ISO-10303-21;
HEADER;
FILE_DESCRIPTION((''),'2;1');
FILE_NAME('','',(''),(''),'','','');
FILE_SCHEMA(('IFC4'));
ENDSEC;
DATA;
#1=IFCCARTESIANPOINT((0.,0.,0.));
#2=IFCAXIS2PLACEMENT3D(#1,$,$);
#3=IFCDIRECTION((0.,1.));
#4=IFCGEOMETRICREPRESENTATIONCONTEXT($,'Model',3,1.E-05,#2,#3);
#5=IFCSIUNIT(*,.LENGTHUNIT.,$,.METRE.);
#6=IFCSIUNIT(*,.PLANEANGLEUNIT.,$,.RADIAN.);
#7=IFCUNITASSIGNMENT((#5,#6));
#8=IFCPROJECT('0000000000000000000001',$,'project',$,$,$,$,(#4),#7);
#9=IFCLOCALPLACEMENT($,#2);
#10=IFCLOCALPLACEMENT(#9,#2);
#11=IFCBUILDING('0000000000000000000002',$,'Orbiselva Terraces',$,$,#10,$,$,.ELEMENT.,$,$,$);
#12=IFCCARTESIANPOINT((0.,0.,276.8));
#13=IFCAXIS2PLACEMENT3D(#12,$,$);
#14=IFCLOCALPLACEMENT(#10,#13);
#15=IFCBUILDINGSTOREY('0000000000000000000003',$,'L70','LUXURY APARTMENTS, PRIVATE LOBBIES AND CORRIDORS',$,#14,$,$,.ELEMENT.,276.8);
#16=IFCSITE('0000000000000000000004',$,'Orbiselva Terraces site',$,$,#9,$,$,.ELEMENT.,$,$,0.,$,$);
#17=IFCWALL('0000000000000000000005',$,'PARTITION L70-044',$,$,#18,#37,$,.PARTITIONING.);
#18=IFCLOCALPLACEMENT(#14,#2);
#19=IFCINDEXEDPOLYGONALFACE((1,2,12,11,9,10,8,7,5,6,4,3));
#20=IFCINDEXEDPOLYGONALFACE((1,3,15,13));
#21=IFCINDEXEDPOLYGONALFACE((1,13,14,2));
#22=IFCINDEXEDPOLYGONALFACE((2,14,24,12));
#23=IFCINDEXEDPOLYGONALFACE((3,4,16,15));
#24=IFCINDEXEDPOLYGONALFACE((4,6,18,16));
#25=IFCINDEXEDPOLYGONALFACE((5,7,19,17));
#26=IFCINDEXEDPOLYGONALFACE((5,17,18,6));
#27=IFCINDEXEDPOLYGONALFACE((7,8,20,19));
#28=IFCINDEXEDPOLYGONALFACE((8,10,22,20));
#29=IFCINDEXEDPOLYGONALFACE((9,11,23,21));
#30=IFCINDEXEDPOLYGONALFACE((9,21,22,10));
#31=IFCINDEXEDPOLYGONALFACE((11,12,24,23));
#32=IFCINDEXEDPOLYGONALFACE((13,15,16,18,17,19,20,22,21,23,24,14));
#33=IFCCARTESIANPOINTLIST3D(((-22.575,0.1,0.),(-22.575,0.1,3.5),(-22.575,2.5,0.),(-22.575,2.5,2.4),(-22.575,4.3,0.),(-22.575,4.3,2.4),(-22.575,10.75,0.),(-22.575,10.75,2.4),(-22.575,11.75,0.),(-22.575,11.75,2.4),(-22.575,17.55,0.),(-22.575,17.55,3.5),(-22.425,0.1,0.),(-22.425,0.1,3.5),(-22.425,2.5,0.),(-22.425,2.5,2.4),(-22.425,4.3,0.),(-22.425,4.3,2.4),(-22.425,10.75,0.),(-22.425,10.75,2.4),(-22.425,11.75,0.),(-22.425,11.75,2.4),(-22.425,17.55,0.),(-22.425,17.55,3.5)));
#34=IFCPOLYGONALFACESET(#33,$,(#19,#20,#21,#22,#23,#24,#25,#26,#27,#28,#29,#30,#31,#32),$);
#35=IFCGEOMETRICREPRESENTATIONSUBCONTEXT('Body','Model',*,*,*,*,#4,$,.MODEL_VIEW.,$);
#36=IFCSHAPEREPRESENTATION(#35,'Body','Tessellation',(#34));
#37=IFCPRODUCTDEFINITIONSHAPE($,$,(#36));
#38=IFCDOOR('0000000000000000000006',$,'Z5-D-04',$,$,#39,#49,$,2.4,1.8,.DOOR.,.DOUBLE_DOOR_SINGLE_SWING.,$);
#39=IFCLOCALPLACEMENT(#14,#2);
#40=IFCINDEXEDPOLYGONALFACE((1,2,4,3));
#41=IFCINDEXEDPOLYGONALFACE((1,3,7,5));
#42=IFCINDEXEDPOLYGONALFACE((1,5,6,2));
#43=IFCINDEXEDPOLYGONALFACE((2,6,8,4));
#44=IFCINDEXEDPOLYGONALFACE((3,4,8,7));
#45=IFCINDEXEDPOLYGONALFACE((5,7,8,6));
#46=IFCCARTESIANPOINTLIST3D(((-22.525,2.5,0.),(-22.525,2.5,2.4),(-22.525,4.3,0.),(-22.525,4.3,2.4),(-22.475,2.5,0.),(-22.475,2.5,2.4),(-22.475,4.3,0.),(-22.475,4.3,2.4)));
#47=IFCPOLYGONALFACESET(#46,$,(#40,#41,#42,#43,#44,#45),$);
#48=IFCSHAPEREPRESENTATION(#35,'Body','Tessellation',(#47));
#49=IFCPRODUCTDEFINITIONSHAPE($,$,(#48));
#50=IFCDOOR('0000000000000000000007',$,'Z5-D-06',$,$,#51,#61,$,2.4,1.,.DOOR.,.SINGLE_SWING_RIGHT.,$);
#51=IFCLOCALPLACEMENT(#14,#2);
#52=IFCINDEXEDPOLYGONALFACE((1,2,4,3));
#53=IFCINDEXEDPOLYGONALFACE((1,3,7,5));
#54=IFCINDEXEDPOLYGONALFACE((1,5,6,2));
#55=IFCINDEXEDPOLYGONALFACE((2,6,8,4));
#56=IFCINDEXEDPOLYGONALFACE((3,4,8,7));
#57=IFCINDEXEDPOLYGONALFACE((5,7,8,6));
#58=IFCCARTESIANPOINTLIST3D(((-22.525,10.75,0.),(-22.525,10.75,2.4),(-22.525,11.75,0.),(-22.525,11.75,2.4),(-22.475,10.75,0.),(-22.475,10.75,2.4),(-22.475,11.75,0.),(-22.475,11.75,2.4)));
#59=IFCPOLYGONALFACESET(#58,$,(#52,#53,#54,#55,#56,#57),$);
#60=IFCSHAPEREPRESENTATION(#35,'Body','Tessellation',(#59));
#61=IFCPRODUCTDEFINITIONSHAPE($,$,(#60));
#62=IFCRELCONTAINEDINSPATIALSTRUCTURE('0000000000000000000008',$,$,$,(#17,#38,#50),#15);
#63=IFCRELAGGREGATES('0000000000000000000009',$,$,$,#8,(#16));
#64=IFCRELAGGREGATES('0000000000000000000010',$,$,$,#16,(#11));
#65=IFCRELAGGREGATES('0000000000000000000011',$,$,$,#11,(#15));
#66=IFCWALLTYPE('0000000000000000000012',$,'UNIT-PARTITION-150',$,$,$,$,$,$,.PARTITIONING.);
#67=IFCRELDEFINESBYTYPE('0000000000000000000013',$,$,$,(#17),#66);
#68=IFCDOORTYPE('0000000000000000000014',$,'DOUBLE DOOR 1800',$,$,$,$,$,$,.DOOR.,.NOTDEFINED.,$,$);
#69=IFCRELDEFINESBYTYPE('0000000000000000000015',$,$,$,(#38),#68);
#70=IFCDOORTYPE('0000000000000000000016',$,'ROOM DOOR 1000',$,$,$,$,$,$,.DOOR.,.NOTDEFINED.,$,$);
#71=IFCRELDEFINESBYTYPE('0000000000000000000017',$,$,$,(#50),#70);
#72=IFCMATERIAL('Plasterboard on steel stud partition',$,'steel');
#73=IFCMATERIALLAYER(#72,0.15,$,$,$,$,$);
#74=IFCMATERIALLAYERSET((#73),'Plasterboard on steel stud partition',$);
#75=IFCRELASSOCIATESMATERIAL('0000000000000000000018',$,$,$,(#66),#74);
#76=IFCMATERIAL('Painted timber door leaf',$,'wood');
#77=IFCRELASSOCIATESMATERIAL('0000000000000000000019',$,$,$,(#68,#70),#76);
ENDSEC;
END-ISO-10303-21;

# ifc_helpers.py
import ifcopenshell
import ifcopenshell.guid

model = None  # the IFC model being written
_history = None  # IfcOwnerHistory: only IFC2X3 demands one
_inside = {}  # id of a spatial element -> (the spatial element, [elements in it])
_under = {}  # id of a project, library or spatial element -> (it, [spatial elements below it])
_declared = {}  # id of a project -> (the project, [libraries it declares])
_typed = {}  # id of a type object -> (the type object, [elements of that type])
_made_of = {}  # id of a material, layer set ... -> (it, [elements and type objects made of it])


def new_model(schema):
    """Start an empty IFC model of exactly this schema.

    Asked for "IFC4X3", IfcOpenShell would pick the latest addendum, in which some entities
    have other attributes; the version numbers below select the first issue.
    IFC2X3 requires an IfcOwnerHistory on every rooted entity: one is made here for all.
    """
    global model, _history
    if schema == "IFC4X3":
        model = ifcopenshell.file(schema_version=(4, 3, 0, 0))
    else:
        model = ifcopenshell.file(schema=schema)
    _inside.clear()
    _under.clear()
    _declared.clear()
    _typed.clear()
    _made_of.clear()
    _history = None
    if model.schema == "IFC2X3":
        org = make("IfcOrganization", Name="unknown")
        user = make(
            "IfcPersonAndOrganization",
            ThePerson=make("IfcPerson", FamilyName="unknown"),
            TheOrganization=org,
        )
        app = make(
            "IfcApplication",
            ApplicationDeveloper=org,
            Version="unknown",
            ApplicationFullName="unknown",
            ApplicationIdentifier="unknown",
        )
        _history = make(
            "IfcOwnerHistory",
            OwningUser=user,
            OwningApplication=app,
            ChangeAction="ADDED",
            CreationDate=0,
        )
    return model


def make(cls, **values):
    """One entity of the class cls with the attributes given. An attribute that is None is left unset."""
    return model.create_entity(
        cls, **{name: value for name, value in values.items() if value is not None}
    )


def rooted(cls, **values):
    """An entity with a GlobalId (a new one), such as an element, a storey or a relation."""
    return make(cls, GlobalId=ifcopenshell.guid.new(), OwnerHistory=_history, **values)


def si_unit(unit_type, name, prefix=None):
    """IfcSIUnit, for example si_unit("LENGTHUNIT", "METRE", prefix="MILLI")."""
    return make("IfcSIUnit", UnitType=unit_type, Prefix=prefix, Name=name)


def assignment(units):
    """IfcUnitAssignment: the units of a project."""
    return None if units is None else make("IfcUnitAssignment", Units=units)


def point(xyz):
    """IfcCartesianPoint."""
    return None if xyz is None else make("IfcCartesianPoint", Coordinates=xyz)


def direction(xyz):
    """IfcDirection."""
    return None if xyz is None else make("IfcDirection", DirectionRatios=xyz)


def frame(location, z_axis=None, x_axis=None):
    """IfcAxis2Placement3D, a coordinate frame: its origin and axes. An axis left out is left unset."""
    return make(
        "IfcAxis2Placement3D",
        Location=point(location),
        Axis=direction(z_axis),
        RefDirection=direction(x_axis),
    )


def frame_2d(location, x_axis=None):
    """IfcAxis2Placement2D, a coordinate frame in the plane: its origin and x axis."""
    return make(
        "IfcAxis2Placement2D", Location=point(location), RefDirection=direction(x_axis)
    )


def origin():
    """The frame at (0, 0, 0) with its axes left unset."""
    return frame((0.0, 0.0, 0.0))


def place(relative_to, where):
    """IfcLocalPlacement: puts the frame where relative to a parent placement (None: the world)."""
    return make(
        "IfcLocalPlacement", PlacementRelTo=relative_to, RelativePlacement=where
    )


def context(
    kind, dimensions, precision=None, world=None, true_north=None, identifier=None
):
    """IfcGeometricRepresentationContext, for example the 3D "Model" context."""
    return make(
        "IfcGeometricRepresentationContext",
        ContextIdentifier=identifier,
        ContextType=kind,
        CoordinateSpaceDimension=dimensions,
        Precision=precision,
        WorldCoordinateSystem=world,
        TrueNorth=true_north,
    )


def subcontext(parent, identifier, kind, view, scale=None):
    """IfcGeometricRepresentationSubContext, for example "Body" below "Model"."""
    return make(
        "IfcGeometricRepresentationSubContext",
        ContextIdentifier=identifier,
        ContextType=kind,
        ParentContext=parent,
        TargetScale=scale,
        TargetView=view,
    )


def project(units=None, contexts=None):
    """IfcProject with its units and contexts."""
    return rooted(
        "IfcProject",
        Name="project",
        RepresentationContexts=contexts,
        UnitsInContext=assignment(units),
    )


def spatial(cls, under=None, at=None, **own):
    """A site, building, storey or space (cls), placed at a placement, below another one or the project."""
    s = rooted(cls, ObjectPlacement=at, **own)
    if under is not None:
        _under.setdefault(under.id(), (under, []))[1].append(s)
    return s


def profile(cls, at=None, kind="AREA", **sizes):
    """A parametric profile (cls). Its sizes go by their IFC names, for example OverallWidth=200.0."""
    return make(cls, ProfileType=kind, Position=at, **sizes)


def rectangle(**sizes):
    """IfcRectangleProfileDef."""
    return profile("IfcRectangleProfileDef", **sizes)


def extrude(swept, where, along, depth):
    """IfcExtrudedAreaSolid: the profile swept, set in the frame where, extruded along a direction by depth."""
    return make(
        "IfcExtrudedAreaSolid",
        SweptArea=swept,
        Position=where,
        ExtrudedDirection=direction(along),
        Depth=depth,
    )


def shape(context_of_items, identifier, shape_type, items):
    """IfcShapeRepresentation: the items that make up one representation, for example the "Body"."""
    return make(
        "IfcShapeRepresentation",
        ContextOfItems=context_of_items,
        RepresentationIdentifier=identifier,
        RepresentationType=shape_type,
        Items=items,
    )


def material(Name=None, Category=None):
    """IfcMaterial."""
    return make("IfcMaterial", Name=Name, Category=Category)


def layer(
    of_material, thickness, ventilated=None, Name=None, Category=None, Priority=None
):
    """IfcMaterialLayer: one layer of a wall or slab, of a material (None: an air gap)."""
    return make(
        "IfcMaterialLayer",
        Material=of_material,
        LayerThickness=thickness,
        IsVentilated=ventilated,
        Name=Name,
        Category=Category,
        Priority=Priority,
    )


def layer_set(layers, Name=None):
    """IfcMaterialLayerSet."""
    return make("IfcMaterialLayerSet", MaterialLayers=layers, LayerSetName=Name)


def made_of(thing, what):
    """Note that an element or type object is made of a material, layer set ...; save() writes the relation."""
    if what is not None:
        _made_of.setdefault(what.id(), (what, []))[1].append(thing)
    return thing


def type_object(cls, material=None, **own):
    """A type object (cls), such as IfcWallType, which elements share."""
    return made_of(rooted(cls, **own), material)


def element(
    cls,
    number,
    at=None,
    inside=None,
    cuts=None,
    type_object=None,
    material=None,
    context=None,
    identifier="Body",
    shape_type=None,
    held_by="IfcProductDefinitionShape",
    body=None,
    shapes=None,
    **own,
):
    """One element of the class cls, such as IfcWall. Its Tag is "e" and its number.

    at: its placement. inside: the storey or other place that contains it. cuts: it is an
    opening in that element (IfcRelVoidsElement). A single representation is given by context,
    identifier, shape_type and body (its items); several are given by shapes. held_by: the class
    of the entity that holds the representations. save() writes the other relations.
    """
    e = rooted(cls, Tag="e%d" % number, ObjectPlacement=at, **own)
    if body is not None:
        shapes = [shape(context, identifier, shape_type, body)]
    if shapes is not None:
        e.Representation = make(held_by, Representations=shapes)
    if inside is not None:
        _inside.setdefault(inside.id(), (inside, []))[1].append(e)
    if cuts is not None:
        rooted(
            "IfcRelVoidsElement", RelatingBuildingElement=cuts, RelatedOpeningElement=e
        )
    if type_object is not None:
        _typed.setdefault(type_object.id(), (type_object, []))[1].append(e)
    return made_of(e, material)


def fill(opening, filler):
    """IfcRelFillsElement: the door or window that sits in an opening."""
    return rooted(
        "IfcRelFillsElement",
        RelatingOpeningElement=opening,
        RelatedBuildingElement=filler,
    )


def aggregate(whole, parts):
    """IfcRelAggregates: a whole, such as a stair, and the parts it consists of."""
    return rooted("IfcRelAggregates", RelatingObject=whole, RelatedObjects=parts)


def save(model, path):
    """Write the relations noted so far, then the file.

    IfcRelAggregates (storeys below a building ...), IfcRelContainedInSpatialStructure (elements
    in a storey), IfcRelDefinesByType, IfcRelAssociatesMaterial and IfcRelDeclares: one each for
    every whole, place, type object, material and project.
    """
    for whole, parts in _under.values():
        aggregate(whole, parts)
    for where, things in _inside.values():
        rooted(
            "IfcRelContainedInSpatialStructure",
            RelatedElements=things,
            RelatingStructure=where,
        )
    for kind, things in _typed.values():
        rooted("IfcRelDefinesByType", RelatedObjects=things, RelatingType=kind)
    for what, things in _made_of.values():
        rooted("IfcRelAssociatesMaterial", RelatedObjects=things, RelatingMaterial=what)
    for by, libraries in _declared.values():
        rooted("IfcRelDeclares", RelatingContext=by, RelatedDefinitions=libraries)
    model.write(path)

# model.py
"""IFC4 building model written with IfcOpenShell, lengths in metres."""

from ifc_helpers import new_model, si_unit, direction, frame, frame_2d, origin, place, context, subcontext, project, spatial, rectangle, extrude, material, layer, layer_set, type_object, element, fill, save


model = new_model("IFC4")

# Units and contexts
model_context = context("Model", 3, precision=1e-05, world=origin(), true_north=direction((0.0, 1.0)))
body_context = subcontext(model_context, "Body", "Model", "MODEL_VIEW")
ifc_project = project(units=[si_unit("LENGTHUNIT", "METRE"), si_unit("PLANEANGLEUNIT", "RADIAN")], contexts=[model_context])

# Site, building, storey
site_placement = place(None, origin())
site = spatial("IfcSite", under=ifc_project, at=site_placement, Name="Orbiselva Terraces site", CompositionType="ELEMENT", RefElevation=0.0)
building_placement = place(site_placement, origin())
building = spatial("IfcBuilding", under=site, at=building_placement, Name="Orbiselva Terraces", CompositionType="ELEMENT")
storey_placement = place(building_placement, frame((0.0, 0.0, 276.8)))
storey = spatial("IfcBuildingStorey", under=building, at=storey_placement, Name="L70", Description="LUXURY APARTMENTS, PRIVATE LOBBIES AND CORRIDORS", CompositionType="ELEMENT", Elevation=276.8)

# Shared definitions
ifc_material_1 = material(Name="Plasterboard on steel stud partition", Category="steel")
ifc_material_2 = material(Name="Painted timber door leaf", Category="wood")
ifc_layer_1 = layer(ifc_material_1, 0.15)
ifc_layer_set_1 = layer_set([ifc_layer_1], Name="Plasterboard on steel stud partition")
wall_type_1 = type_object("IfcWallType", Name="UNIT-PARTITION-150", PredefinedType="PARTITIONING", material=ifc_layer_set_1)

# Wall, openings, doors
wall_1_placement = place(storey_placement, frame((-22.5, 0.1, 0.0), z_axis=(0.0, 0.0, 1.0), x_axis=(0.0, 1.0, 0.0)))
wall_1 = element("IfcWall", 1, at=wall_1_placement, inside=storey, type_object=wall_type_1, Name="PARTITION L70-044", PredefinedType="PARTITIONING", context=body_context, shape_type="SweptSolid", body=[
    extrude(rectangle(XDim=17.45, YDim=0.15, at=frame_2d((8.725, 0.0))), origin(), (0.0, 0.0, 1.0), 3.5),
])
opening_1_placement = place(wall_1_placement, frame((2.4, 0.0, 0.0)))
opening_1 = element("IfcOpeningElement", 2, at=opening_1_placement, cuts=wall_1, PredefinedType="OPENING", context=body_context, shape_type="SweptSolid", body=[
    extrude(rectangle(XDim=1.8, YDim=2.4, at=frame_2d((0.9, 1.2))), frame((0.0, 0.085, 0.0), z_axis=(0.0, -1.0, 0.0), x_axis=(1.0, 0.0, 0.0)), (0.0, 0.0, 1.0), 0.17),
])
opening_2_placement = place(wall_1_placement, frame((10.65, 0.0, 0.0)))
opening_2 = element("IfcOpeningElement", 3, at=opening_2_placement, cuts=wall_1, PredefinedType="OPENING", context=body_context, shape_type="SweptSolid", body=[
    extrude(rectangle(XDim=1.0, YDim=2.4, at=frame_2d((0.5, 1.2))), frame((0.0, 0.085, 0.0), z_axis=(0.0, -1.0, 0.0), x_axis=(1.0, 0.0, 0.0)), (0.0, 0.0, 1.0), 0.17),
])
door_type_1 = type_object("IfcDoorType", Name="DOUBLE DOOR 1800", OperationType="NOTDEFINED", PredefinedType="DOOR", material=ifc_material_2)
door_1_placement = place(opening_1_placement, origin())
door_1 = element("IfcDoor", 4, at=door_1_placement, inside=storey, type_object=door_type_1, Name="Z5-D-04", OperationType="DOUBLE_DOOR_SINGLE_SWING", OverallHeight=2.4, OverallWidth=1.8, PredefinedType="DOOR", context=body_context, shape_type="SweptSolid", body=[
    extrude(rectangle(XDim=1.8, YDim=2.4, at=frame_2d((0.9, 1.2))), frame((0.0, 0.025, 0.0), z_axis=(0.0, -1.0, 0.0), x_axis=(1.0, 0.0, 0.0)), (0.0, 0.0, 1.0), 0.05),
])
fill(opening_1, door_1)
door_type_2 = type_object("IfcDoorType", Name="ROOM DOOR 1000", OperationType="NOTDEFINED", PredefinedType="DOOR", material=ifc_material_2)
door_2_placement = place(opening_2_placement, origin())
door_2 = element("IfcDoor", 5, at=door_2_placement, inside=storey, type_object=door_type_2, Name="Z5-D-06", OperationType="SINGLE_SWING_RIGHT", OverallHeight=2.4, OverallWidth=1.0, PredefinedType="DOOR", context=body_context, shape_type="SweptSolid", body=[
    extrude(rectangle(XDim=1.0, YDim=2.4, at=frame_2d((0.5, 1.2))), frame((0.0, 0.025, 0.0), z_axis=(0.0, -1.0, 0.0), x_axis=(1.0, 0.0, 0.0)), (0.0, 0.0, 1.0), 0.05),
])
fill(opening_2, door_2)

save(model, "model.ifc")
